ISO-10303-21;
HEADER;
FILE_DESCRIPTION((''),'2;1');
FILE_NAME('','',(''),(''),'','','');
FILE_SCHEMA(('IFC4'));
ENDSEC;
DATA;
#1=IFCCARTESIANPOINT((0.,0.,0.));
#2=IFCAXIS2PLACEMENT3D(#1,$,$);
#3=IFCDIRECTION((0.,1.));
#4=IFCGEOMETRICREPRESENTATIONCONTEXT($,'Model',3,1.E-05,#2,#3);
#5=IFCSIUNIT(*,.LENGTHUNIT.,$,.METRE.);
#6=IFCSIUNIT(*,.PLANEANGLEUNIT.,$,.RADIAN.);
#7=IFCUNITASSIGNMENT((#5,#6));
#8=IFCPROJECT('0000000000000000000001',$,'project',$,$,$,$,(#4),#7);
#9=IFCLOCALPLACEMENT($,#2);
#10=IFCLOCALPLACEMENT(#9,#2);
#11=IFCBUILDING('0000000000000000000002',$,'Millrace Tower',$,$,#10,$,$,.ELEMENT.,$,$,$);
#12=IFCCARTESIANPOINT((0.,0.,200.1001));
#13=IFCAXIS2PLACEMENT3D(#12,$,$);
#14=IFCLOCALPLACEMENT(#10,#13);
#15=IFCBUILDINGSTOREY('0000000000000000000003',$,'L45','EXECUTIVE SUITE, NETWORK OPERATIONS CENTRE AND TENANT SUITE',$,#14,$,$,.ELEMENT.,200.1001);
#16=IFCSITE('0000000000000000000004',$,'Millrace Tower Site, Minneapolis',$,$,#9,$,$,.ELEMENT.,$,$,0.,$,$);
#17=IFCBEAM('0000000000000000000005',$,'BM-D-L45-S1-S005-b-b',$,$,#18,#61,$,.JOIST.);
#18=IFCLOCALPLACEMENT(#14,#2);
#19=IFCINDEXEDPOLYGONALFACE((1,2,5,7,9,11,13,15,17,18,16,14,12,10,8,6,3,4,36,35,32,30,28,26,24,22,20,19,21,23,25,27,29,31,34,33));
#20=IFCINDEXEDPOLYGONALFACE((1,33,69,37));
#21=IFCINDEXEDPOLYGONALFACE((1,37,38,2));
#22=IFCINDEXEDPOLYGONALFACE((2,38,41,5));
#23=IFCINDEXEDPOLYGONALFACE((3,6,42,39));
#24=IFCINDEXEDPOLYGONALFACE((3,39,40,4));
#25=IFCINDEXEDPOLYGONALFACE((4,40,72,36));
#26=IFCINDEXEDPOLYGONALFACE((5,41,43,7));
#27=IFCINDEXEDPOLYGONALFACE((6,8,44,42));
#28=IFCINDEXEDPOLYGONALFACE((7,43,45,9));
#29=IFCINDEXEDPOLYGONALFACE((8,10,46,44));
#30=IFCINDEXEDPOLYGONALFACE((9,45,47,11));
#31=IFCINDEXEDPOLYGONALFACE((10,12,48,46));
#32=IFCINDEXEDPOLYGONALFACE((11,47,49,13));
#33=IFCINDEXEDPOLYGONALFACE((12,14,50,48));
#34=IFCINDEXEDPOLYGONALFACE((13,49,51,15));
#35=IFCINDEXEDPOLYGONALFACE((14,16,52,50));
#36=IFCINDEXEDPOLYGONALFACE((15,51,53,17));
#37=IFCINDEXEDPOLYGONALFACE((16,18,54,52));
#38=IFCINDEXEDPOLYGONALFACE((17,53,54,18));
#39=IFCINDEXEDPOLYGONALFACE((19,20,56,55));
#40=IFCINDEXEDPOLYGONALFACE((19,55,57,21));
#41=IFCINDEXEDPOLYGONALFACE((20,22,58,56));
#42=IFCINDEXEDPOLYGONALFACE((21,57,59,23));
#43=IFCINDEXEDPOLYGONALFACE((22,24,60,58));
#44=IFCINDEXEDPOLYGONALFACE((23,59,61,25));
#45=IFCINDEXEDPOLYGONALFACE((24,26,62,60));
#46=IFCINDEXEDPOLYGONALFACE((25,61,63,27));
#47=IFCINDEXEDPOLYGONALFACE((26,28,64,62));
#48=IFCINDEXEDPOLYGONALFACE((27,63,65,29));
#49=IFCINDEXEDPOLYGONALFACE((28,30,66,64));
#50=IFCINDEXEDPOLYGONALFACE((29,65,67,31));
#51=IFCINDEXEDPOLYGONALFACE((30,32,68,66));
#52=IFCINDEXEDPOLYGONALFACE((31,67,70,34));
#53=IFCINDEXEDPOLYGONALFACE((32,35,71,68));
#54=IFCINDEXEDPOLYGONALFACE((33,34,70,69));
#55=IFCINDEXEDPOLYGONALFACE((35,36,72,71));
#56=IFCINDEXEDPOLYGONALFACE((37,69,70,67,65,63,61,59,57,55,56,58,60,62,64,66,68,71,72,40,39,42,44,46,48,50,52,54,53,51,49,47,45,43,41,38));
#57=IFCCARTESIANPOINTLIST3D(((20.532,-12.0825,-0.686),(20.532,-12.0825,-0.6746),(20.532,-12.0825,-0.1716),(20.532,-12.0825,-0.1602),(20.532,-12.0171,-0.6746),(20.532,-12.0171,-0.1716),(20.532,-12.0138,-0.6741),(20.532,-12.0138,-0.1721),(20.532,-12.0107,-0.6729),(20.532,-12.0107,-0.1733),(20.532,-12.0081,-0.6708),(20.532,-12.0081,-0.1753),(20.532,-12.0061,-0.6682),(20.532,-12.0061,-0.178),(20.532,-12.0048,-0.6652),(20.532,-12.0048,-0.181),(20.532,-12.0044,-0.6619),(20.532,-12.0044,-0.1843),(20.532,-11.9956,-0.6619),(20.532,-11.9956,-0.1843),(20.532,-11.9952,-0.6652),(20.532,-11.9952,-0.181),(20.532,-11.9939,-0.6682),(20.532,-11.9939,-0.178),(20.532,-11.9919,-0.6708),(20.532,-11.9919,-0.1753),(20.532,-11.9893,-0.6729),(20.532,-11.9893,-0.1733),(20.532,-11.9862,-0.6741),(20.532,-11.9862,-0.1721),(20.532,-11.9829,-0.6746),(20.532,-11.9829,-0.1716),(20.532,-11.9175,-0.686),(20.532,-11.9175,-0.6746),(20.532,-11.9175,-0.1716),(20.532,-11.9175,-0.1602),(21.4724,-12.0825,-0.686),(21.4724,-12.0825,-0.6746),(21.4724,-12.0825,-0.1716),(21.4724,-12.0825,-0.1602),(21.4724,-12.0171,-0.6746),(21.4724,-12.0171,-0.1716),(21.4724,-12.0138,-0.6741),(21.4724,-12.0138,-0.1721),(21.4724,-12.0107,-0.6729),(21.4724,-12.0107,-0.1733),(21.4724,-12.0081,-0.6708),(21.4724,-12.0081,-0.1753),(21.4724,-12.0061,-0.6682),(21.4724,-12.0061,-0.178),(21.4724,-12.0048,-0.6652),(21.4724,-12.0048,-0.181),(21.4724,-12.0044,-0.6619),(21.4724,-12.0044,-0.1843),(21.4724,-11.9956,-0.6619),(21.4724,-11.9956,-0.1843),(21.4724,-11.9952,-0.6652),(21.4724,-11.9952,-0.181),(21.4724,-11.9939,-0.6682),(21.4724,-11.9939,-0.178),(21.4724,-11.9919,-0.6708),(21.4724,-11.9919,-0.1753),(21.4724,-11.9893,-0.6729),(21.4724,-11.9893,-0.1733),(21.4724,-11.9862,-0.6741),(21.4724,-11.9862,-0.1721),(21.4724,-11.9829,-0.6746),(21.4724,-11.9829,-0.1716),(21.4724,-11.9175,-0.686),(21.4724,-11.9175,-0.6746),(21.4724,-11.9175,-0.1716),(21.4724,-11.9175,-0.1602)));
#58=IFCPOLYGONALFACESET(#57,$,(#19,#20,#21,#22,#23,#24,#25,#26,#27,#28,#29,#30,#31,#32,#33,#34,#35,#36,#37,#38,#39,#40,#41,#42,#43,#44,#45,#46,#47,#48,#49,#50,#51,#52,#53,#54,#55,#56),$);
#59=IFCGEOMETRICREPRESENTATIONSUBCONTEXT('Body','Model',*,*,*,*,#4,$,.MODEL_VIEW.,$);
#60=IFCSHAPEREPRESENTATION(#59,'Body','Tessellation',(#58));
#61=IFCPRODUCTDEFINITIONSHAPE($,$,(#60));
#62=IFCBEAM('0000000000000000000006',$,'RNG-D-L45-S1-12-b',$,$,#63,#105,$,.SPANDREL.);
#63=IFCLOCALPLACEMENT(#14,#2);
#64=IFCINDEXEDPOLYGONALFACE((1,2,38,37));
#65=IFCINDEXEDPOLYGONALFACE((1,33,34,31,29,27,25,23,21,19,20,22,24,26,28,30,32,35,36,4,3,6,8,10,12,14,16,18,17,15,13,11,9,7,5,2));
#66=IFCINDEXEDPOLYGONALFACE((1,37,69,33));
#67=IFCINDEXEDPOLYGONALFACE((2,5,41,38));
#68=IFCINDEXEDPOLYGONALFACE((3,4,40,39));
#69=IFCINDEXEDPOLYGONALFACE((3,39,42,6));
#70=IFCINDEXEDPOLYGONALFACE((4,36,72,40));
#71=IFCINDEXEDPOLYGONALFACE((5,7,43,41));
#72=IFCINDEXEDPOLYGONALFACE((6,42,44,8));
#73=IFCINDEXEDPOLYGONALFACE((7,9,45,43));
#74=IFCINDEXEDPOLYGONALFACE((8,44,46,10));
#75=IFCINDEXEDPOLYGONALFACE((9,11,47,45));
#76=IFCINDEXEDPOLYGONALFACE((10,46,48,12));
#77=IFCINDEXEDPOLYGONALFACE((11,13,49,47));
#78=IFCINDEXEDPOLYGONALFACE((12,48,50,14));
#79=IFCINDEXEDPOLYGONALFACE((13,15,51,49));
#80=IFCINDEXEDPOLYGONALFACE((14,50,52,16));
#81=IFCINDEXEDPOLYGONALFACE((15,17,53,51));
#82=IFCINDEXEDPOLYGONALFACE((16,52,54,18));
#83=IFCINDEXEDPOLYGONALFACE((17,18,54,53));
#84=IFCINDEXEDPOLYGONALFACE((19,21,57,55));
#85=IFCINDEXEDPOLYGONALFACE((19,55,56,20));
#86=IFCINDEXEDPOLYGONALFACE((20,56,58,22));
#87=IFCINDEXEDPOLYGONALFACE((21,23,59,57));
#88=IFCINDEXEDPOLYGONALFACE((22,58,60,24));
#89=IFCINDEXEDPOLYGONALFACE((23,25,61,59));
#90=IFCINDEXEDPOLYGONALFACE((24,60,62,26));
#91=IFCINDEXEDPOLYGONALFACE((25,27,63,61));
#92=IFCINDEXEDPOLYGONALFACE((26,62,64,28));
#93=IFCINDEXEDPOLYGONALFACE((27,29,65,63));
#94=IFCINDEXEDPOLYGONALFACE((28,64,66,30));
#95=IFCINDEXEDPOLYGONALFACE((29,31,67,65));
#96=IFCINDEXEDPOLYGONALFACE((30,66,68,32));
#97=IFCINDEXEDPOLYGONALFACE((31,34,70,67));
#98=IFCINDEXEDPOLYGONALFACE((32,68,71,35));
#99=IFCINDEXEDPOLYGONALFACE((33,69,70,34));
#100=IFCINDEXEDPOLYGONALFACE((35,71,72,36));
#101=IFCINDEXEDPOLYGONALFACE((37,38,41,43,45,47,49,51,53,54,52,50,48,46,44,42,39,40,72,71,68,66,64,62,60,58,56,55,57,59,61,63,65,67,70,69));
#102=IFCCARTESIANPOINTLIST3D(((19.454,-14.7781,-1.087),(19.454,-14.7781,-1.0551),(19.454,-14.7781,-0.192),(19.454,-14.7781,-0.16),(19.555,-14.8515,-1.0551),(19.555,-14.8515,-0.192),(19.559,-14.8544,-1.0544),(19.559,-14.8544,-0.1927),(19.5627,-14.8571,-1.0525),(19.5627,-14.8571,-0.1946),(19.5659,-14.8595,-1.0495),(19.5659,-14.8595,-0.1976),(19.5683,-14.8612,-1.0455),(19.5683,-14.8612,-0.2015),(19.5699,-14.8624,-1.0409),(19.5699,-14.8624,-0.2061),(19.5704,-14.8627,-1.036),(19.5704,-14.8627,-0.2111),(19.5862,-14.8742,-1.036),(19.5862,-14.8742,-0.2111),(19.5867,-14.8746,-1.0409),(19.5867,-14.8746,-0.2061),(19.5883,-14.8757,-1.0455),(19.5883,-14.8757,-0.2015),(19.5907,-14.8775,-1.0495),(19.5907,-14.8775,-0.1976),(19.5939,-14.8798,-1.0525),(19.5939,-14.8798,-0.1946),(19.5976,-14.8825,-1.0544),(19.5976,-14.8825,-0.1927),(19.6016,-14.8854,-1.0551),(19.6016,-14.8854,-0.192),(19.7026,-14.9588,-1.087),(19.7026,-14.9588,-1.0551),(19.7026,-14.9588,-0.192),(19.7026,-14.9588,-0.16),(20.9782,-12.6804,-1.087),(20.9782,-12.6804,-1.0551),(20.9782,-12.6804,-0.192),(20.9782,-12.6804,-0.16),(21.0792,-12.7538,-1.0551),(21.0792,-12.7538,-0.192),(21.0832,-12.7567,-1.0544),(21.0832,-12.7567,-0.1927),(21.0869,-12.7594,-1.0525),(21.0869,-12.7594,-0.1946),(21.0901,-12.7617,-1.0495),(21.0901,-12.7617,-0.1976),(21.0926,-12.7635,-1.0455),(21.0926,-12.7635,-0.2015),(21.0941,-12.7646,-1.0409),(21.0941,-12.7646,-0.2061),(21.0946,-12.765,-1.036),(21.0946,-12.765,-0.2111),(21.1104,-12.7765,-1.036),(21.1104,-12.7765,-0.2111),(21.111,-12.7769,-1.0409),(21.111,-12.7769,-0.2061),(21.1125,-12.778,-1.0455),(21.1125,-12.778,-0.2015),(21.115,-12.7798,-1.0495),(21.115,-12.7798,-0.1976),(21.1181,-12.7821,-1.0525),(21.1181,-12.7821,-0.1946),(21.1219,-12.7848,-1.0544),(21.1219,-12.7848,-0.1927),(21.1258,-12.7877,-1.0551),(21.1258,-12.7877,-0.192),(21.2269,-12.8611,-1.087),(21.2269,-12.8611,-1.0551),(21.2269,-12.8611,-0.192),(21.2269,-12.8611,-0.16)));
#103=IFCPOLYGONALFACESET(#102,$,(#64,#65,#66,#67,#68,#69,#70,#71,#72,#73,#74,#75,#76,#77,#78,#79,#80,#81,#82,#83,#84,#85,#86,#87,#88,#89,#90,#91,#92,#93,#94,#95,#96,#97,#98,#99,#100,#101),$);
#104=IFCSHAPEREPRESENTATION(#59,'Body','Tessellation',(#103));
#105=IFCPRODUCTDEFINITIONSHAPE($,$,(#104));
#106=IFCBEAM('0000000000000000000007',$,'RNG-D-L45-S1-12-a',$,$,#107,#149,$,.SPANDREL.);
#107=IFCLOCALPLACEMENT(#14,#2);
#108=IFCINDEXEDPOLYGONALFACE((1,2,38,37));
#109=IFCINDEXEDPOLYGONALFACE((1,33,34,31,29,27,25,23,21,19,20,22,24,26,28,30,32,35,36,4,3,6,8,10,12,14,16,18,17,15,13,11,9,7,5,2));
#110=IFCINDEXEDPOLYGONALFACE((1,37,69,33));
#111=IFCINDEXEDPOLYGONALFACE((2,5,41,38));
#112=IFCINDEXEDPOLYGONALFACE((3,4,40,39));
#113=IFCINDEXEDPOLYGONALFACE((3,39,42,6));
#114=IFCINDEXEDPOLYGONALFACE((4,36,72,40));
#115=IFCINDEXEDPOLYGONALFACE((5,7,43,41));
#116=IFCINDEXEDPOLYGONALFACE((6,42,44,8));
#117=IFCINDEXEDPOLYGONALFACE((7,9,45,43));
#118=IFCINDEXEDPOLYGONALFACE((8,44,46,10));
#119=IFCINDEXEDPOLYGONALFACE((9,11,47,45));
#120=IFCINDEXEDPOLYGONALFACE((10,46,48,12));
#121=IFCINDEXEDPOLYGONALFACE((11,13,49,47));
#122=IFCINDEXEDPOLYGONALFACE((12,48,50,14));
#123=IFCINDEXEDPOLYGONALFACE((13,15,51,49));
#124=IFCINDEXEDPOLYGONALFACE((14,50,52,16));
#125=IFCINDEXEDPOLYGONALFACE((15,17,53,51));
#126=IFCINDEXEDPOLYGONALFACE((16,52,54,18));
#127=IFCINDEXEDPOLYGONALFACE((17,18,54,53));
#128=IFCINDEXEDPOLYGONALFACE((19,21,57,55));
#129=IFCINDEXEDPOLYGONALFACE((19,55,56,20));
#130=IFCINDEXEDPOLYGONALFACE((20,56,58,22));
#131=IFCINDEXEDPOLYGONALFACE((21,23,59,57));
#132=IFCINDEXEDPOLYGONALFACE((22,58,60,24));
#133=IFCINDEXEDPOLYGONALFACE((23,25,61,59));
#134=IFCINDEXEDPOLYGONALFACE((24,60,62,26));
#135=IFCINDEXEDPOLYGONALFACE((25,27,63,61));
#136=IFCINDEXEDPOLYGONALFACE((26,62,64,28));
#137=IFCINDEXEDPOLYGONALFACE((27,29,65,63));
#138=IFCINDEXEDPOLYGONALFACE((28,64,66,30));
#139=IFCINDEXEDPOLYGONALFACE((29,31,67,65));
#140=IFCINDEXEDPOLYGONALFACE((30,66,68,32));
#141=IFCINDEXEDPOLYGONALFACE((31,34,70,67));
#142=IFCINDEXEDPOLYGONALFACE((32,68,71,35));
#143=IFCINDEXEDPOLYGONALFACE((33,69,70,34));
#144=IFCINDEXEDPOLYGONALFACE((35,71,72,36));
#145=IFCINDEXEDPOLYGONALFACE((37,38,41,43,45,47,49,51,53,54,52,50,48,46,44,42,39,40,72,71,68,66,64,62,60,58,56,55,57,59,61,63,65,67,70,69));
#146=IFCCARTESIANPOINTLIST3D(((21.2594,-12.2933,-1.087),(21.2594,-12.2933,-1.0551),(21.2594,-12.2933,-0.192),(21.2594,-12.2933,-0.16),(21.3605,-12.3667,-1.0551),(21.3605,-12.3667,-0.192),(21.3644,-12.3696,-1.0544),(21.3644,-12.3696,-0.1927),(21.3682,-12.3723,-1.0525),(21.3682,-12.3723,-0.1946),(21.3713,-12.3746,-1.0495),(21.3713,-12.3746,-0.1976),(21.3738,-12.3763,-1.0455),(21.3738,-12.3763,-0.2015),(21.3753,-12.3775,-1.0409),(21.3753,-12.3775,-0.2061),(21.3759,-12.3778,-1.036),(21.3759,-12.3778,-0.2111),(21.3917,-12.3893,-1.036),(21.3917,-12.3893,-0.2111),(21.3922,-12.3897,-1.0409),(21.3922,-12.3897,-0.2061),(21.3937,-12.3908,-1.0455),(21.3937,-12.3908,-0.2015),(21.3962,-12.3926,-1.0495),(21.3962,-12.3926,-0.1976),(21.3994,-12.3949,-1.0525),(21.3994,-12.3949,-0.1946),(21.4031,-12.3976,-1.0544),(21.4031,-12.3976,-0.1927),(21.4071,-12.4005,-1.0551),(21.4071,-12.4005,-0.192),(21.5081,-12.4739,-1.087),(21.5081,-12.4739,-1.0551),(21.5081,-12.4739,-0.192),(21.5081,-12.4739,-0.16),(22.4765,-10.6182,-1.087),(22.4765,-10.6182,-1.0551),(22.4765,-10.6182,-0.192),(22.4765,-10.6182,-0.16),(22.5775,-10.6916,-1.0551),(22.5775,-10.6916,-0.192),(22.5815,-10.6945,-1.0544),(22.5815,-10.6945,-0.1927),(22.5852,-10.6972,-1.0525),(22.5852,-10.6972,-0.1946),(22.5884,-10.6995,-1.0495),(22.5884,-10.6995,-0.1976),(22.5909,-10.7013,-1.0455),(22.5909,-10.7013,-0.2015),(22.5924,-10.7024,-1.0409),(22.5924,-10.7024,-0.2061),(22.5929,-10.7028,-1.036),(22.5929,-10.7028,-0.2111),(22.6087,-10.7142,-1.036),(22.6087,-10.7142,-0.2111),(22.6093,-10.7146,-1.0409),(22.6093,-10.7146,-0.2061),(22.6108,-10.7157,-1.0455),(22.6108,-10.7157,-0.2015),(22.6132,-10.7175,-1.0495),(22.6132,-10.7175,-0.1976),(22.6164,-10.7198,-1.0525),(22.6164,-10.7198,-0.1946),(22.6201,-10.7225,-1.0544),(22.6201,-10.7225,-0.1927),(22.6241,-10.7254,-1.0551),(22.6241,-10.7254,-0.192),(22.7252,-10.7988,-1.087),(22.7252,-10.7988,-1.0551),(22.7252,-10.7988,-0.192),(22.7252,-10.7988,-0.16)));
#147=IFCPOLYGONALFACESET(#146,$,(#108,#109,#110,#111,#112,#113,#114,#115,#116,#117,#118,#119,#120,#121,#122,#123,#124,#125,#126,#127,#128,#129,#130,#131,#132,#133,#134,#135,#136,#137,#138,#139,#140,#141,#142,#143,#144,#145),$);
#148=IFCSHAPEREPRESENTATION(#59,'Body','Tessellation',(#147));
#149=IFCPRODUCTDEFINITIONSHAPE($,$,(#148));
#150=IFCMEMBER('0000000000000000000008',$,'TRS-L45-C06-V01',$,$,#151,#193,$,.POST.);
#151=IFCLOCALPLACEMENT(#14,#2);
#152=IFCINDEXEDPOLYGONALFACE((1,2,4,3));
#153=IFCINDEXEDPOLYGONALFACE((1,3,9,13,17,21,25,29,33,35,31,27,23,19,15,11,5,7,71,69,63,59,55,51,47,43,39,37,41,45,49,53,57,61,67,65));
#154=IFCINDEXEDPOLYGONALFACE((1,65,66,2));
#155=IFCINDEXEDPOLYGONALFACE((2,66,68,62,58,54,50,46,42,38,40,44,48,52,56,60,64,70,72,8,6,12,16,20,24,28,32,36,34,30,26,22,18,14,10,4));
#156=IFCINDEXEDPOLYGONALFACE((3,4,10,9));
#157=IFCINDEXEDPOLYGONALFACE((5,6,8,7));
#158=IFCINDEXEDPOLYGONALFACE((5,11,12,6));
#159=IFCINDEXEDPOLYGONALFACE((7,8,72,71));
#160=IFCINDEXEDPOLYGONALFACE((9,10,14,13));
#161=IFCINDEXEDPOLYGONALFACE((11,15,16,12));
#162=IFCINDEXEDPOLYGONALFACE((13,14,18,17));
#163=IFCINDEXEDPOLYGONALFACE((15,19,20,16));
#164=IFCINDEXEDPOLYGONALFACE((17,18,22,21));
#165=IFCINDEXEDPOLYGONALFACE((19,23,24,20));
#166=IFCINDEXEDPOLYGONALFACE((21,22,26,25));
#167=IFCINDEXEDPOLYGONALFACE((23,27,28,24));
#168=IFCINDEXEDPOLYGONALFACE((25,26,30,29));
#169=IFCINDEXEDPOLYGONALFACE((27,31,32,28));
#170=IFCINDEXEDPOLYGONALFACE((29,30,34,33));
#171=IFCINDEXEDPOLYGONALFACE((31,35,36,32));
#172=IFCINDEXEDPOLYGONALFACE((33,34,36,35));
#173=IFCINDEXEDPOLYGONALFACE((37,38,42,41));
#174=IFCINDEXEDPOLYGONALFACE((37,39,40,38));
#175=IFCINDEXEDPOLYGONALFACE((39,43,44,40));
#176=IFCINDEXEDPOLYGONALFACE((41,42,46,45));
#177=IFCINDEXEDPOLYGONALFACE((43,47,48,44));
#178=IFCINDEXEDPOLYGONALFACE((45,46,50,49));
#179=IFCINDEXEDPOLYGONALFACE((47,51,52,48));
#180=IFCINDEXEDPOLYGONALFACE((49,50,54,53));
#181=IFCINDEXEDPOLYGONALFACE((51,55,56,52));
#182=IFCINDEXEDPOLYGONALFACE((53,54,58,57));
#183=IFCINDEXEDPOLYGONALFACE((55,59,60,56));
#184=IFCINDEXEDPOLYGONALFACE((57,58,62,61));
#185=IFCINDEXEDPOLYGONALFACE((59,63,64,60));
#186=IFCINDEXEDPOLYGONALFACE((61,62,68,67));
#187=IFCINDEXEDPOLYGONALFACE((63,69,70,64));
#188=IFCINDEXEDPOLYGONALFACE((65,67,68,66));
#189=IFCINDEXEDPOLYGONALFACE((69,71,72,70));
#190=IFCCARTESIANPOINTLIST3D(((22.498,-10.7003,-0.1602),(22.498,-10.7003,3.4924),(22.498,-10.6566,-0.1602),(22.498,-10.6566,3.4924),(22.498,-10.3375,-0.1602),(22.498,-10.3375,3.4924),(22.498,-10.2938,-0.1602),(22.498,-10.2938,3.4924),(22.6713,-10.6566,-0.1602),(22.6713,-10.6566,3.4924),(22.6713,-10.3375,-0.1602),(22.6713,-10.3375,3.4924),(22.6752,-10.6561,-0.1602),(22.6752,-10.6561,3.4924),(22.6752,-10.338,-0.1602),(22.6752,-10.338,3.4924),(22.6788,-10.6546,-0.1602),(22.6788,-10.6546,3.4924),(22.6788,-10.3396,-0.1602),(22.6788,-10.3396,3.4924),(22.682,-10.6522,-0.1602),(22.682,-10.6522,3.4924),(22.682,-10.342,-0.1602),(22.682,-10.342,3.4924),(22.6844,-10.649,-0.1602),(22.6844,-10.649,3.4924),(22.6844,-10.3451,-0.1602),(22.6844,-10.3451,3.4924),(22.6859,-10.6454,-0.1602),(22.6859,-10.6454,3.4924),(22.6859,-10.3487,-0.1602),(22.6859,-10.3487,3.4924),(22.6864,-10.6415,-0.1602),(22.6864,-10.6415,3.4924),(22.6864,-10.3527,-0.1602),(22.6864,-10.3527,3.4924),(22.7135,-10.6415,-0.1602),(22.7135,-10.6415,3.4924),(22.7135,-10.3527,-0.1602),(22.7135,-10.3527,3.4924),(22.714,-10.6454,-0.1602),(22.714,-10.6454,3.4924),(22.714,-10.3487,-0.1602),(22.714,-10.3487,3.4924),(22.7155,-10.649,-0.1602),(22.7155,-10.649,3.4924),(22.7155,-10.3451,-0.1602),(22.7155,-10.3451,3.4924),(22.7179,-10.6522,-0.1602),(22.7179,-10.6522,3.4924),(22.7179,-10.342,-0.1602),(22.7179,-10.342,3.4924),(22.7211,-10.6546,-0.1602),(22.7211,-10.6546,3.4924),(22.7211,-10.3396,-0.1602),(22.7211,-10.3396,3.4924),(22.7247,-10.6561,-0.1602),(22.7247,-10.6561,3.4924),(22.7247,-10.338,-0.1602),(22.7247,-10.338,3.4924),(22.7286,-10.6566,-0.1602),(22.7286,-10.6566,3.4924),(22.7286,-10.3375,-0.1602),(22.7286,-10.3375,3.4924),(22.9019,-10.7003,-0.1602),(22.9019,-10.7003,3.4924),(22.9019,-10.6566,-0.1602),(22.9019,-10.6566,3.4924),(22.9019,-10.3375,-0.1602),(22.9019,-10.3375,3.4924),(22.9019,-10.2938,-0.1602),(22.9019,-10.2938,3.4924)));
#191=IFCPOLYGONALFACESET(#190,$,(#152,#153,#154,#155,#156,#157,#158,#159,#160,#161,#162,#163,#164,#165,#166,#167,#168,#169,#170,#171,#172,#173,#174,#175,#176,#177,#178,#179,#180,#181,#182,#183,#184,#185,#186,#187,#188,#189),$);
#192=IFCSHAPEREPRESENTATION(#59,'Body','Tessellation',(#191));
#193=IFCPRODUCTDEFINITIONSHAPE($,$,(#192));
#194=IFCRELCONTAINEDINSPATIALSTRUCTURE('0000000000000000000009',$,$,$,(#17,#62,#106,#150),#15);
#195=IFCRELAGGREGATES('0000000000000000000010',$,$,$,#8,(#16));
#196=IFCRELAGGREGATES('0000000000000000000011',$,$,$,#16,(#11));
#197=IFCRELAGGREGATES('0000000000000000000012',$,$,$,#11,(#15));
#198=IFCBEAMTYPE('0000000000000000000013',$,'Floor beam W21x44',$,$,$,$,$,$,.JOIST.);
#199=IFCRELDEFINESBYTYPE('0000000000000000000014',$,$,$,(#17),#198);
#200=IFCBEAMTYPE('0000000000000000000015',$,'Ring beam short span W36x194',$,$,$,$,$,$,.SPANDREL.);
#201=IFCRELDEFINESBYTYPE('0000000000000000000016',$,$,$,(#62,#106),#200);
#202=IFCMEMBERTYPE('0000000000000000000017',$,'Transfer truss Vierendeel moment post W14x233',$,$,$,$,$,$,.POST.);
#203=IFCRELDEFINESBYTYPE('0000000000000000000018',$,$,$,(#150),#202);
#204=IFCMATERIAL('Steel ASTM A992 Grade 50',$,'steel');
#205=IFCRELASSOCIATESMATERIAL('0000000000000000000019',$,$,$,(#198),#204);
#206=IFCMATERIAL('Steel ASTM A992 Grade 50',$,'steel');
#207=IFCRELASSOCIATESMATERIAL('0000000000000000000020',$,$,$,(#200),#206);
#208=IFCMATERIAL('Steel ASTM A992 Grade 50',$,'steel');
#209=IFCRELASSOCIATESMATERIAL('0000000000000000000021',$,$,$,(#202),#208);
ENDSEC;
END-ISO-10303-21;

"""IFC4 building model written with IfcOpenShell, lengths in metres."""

from ifc_helpers import new_model, si_unit, direction, frame, origin, origin_2d, place, context, subcontext, project, spatial, i_section, extrude, material, material_profile, profile_set, type_object, element, save


model = new_model("IFC4")

# Units and contexts
model_context = context("Model", 3, precision=1e-05, world=origin(), true_north=direction((0.0, 1.0)))
body_context = subcontext(model_context, "Body", "Model", "MODEL_VIEW")
ifc_project = project(units=[si_unit("LENGTHUNIT", "METRE"), si_unit("PLANEANGLEUNIT", "RADIAN")], contexts=[model_context])

# Site, building, storey
site_placement = place(None, origin())
site = spatial("IfcSite", under=ifc_project, at=site_placement, Name="Millrace Tower Site, Minneapolis", CompositionType="ELEMENT", RefElevation=0.0)
building_placement = place(site_placement, origin())
building = spatial("IfcBuilding", under=site, at=building_placement, Name="Millrace Tower", CompositionType="ELEMENT")
storey_placement = place(building_placement, frame((0.0, 0.0, 200.1001)))
storey = spatial("IfcBuildingStorey", under=building, at=storey_placement, Name="L45", Description="EXECUTIVE SUITE, NETWORK OPERATIONS CENTRE AND TENANT SUITE", CompositionType="ELEMENT", Elevation=200.1001)

# Beams
ifc_material_1 = material(Name="Steel ASTM A992 Grade 50", Category="steel")
ifc_material_profile_1 = material_profile(ifc_material_1, i_section(OverallWidth=0.165, OverallDepth=0.5259, WebThickness=0.0088, FlangeThickness=0.0115, FilletRadius=0.0127, at=origin_2d()))
ifc_profile_set_1 = profile_set([ifc_material_profile_1], Name="Steel ASTM A992 Grade 50")
beam_type_1 = type_object("IfcBeamType", Name="Floor beam W21x44", PredefinedType="JOIST", material=ifc_profile_set_1)
beam_1_placement = place(storey_placement, frame((20.532, -12.0, -0.4231), z_axis=(1.0, 0.0, 0.0), x_axis=(0.0, 1.0, 0.0)))
element("IfcBeam", 1, at=beam_1_placement, inside=storey, type_object=beam_type_1, Name="BM-D-L45-S1-S005-b-b", PredefinedType="JOIST", context=body_context, shape_type="SweptSolid", body=[
    extrude(i_section(OverallWidth=0.165, OverallDepth=0.5259, WebThickness=0.0088, FlangeThickness=0.0115, FilletRadius=0.0127, at=origin_2d()), origin(), (0.0, 0.0, 1.0), 0.9404),
])
ifc_material_2 = material(Name="Steel ASTM A992 Grade 50", Category="steel")
ifc_material_profile_2 = material_profile(ifc_material_2, i_section(OverallWidth=0.3074, OverallDepth=0.927, WebThickness=0.0195, FlangeThickness=0.032, FilletRadius=0.019, at=origin_2d()))
ifc_profile_set_2 = profile_set([ifc_material_profile_2], Name="Steel ASTM A992 Grade 50")
beam_type_2 = type_object("IfcBeamType", Name="Ring beam short span W36x194", PredefinedType="SPANDREL", material=ifc_profile_set_2)
beam_2_placement = place(storey_placement, frame((21.1025, -12.7708, -0.6235), z_axis=(-0.587819, -0.808993, 0.0), x_axis=(0.808993, -0.587819, 0.0)))
element("IfcBeam", 2, at=beam_2_placement, inside=storey, type_object=beam_type_2, Name="RNG-D-L45-S1-12-b", PredefinedType="SPANDREL", context=body_context, shape_type="SweptSolid", body=[
    extrude(i_section(OverallWidth=0.3074, OverallDepth=0.927, WebThickness=0.0195, FlangeThickness=0.032, FilletRadius=0.019, at=origin_2d()), origin(), (0.0, 0.0, 1.0), 2.593),
])
beam_3_placement = place(storey_placement, frame((22.6008, -10.7085, -0.6235), z_axis=(-0.5878, -0.809006, 0.0), x_axis=(0.809006, -0.5878, 0.0)))
element("IfcBeam", 3, at=beam_3_placement, inside=storey, type_object=beam_type_2, Name="RNG-D-L45-S1-12-a", PredefinedType="SPANDREL", context=body_context, shape_type="SweptSolid", body=[
    extrude(i_section(OverallWidth=0.3074, OverallDepth=0.927, WebThickness=0.0195, FlangeThickness=0.032, FilletRadius=0.019, at=origin_2d()), origin(), (0.0, 0.0, 1.0), 2.0706),
])

# Member
ifc_material_3 = material(Name="Steel ASTM A992 Grade 50", Category="steel")
ifc_material_profile_3 = material_profile(ifc_material_3, i_section(OverallWidth=0.4038, OverallDepth=0.4065, WebThickness=0.0271, FlangeThickness=0.0437, FilletRadius=0.0151, at=origin_2d()))
ifc_profile_set_3 = profile_set([ifc_material_profile_3], Name="Steel ASTM A992 Grade 50")
member_type_1 = type_object("IfcMemberType", Name="Transfer truss Vierendeel moment post W14x233", PredefinedType="POST", material=ifc_profile_set_3)
for number, where, z_axis, x_axis, name in (
    (4, (22.7, -10.4971, -0.1602), (0.0, 0.0, 1.0), (1.0, 0.0, 0.0), "TRS-L45-C06-V01"),
):
    element("IfcMember", number, at=place(storey_placement, frame(where, z_axis=z_axis, x_axis=x_axis)), inside=storey, type_object=member_type_1, Name=name, PredefinedType="POST", context=body_context, shape_type="SweptSolid", body=[
        extrude(i_section(OverallWidth=0.4038, OverallDepth=0.4065, WebThickness=0.0271, FlangeThickness=0.0437, FilletRadius=0.0151, at=origin_2d()), origin(), (0.0, 0.0, 1.0), 3.6526),
    ])

save(model, "model.ifc")
